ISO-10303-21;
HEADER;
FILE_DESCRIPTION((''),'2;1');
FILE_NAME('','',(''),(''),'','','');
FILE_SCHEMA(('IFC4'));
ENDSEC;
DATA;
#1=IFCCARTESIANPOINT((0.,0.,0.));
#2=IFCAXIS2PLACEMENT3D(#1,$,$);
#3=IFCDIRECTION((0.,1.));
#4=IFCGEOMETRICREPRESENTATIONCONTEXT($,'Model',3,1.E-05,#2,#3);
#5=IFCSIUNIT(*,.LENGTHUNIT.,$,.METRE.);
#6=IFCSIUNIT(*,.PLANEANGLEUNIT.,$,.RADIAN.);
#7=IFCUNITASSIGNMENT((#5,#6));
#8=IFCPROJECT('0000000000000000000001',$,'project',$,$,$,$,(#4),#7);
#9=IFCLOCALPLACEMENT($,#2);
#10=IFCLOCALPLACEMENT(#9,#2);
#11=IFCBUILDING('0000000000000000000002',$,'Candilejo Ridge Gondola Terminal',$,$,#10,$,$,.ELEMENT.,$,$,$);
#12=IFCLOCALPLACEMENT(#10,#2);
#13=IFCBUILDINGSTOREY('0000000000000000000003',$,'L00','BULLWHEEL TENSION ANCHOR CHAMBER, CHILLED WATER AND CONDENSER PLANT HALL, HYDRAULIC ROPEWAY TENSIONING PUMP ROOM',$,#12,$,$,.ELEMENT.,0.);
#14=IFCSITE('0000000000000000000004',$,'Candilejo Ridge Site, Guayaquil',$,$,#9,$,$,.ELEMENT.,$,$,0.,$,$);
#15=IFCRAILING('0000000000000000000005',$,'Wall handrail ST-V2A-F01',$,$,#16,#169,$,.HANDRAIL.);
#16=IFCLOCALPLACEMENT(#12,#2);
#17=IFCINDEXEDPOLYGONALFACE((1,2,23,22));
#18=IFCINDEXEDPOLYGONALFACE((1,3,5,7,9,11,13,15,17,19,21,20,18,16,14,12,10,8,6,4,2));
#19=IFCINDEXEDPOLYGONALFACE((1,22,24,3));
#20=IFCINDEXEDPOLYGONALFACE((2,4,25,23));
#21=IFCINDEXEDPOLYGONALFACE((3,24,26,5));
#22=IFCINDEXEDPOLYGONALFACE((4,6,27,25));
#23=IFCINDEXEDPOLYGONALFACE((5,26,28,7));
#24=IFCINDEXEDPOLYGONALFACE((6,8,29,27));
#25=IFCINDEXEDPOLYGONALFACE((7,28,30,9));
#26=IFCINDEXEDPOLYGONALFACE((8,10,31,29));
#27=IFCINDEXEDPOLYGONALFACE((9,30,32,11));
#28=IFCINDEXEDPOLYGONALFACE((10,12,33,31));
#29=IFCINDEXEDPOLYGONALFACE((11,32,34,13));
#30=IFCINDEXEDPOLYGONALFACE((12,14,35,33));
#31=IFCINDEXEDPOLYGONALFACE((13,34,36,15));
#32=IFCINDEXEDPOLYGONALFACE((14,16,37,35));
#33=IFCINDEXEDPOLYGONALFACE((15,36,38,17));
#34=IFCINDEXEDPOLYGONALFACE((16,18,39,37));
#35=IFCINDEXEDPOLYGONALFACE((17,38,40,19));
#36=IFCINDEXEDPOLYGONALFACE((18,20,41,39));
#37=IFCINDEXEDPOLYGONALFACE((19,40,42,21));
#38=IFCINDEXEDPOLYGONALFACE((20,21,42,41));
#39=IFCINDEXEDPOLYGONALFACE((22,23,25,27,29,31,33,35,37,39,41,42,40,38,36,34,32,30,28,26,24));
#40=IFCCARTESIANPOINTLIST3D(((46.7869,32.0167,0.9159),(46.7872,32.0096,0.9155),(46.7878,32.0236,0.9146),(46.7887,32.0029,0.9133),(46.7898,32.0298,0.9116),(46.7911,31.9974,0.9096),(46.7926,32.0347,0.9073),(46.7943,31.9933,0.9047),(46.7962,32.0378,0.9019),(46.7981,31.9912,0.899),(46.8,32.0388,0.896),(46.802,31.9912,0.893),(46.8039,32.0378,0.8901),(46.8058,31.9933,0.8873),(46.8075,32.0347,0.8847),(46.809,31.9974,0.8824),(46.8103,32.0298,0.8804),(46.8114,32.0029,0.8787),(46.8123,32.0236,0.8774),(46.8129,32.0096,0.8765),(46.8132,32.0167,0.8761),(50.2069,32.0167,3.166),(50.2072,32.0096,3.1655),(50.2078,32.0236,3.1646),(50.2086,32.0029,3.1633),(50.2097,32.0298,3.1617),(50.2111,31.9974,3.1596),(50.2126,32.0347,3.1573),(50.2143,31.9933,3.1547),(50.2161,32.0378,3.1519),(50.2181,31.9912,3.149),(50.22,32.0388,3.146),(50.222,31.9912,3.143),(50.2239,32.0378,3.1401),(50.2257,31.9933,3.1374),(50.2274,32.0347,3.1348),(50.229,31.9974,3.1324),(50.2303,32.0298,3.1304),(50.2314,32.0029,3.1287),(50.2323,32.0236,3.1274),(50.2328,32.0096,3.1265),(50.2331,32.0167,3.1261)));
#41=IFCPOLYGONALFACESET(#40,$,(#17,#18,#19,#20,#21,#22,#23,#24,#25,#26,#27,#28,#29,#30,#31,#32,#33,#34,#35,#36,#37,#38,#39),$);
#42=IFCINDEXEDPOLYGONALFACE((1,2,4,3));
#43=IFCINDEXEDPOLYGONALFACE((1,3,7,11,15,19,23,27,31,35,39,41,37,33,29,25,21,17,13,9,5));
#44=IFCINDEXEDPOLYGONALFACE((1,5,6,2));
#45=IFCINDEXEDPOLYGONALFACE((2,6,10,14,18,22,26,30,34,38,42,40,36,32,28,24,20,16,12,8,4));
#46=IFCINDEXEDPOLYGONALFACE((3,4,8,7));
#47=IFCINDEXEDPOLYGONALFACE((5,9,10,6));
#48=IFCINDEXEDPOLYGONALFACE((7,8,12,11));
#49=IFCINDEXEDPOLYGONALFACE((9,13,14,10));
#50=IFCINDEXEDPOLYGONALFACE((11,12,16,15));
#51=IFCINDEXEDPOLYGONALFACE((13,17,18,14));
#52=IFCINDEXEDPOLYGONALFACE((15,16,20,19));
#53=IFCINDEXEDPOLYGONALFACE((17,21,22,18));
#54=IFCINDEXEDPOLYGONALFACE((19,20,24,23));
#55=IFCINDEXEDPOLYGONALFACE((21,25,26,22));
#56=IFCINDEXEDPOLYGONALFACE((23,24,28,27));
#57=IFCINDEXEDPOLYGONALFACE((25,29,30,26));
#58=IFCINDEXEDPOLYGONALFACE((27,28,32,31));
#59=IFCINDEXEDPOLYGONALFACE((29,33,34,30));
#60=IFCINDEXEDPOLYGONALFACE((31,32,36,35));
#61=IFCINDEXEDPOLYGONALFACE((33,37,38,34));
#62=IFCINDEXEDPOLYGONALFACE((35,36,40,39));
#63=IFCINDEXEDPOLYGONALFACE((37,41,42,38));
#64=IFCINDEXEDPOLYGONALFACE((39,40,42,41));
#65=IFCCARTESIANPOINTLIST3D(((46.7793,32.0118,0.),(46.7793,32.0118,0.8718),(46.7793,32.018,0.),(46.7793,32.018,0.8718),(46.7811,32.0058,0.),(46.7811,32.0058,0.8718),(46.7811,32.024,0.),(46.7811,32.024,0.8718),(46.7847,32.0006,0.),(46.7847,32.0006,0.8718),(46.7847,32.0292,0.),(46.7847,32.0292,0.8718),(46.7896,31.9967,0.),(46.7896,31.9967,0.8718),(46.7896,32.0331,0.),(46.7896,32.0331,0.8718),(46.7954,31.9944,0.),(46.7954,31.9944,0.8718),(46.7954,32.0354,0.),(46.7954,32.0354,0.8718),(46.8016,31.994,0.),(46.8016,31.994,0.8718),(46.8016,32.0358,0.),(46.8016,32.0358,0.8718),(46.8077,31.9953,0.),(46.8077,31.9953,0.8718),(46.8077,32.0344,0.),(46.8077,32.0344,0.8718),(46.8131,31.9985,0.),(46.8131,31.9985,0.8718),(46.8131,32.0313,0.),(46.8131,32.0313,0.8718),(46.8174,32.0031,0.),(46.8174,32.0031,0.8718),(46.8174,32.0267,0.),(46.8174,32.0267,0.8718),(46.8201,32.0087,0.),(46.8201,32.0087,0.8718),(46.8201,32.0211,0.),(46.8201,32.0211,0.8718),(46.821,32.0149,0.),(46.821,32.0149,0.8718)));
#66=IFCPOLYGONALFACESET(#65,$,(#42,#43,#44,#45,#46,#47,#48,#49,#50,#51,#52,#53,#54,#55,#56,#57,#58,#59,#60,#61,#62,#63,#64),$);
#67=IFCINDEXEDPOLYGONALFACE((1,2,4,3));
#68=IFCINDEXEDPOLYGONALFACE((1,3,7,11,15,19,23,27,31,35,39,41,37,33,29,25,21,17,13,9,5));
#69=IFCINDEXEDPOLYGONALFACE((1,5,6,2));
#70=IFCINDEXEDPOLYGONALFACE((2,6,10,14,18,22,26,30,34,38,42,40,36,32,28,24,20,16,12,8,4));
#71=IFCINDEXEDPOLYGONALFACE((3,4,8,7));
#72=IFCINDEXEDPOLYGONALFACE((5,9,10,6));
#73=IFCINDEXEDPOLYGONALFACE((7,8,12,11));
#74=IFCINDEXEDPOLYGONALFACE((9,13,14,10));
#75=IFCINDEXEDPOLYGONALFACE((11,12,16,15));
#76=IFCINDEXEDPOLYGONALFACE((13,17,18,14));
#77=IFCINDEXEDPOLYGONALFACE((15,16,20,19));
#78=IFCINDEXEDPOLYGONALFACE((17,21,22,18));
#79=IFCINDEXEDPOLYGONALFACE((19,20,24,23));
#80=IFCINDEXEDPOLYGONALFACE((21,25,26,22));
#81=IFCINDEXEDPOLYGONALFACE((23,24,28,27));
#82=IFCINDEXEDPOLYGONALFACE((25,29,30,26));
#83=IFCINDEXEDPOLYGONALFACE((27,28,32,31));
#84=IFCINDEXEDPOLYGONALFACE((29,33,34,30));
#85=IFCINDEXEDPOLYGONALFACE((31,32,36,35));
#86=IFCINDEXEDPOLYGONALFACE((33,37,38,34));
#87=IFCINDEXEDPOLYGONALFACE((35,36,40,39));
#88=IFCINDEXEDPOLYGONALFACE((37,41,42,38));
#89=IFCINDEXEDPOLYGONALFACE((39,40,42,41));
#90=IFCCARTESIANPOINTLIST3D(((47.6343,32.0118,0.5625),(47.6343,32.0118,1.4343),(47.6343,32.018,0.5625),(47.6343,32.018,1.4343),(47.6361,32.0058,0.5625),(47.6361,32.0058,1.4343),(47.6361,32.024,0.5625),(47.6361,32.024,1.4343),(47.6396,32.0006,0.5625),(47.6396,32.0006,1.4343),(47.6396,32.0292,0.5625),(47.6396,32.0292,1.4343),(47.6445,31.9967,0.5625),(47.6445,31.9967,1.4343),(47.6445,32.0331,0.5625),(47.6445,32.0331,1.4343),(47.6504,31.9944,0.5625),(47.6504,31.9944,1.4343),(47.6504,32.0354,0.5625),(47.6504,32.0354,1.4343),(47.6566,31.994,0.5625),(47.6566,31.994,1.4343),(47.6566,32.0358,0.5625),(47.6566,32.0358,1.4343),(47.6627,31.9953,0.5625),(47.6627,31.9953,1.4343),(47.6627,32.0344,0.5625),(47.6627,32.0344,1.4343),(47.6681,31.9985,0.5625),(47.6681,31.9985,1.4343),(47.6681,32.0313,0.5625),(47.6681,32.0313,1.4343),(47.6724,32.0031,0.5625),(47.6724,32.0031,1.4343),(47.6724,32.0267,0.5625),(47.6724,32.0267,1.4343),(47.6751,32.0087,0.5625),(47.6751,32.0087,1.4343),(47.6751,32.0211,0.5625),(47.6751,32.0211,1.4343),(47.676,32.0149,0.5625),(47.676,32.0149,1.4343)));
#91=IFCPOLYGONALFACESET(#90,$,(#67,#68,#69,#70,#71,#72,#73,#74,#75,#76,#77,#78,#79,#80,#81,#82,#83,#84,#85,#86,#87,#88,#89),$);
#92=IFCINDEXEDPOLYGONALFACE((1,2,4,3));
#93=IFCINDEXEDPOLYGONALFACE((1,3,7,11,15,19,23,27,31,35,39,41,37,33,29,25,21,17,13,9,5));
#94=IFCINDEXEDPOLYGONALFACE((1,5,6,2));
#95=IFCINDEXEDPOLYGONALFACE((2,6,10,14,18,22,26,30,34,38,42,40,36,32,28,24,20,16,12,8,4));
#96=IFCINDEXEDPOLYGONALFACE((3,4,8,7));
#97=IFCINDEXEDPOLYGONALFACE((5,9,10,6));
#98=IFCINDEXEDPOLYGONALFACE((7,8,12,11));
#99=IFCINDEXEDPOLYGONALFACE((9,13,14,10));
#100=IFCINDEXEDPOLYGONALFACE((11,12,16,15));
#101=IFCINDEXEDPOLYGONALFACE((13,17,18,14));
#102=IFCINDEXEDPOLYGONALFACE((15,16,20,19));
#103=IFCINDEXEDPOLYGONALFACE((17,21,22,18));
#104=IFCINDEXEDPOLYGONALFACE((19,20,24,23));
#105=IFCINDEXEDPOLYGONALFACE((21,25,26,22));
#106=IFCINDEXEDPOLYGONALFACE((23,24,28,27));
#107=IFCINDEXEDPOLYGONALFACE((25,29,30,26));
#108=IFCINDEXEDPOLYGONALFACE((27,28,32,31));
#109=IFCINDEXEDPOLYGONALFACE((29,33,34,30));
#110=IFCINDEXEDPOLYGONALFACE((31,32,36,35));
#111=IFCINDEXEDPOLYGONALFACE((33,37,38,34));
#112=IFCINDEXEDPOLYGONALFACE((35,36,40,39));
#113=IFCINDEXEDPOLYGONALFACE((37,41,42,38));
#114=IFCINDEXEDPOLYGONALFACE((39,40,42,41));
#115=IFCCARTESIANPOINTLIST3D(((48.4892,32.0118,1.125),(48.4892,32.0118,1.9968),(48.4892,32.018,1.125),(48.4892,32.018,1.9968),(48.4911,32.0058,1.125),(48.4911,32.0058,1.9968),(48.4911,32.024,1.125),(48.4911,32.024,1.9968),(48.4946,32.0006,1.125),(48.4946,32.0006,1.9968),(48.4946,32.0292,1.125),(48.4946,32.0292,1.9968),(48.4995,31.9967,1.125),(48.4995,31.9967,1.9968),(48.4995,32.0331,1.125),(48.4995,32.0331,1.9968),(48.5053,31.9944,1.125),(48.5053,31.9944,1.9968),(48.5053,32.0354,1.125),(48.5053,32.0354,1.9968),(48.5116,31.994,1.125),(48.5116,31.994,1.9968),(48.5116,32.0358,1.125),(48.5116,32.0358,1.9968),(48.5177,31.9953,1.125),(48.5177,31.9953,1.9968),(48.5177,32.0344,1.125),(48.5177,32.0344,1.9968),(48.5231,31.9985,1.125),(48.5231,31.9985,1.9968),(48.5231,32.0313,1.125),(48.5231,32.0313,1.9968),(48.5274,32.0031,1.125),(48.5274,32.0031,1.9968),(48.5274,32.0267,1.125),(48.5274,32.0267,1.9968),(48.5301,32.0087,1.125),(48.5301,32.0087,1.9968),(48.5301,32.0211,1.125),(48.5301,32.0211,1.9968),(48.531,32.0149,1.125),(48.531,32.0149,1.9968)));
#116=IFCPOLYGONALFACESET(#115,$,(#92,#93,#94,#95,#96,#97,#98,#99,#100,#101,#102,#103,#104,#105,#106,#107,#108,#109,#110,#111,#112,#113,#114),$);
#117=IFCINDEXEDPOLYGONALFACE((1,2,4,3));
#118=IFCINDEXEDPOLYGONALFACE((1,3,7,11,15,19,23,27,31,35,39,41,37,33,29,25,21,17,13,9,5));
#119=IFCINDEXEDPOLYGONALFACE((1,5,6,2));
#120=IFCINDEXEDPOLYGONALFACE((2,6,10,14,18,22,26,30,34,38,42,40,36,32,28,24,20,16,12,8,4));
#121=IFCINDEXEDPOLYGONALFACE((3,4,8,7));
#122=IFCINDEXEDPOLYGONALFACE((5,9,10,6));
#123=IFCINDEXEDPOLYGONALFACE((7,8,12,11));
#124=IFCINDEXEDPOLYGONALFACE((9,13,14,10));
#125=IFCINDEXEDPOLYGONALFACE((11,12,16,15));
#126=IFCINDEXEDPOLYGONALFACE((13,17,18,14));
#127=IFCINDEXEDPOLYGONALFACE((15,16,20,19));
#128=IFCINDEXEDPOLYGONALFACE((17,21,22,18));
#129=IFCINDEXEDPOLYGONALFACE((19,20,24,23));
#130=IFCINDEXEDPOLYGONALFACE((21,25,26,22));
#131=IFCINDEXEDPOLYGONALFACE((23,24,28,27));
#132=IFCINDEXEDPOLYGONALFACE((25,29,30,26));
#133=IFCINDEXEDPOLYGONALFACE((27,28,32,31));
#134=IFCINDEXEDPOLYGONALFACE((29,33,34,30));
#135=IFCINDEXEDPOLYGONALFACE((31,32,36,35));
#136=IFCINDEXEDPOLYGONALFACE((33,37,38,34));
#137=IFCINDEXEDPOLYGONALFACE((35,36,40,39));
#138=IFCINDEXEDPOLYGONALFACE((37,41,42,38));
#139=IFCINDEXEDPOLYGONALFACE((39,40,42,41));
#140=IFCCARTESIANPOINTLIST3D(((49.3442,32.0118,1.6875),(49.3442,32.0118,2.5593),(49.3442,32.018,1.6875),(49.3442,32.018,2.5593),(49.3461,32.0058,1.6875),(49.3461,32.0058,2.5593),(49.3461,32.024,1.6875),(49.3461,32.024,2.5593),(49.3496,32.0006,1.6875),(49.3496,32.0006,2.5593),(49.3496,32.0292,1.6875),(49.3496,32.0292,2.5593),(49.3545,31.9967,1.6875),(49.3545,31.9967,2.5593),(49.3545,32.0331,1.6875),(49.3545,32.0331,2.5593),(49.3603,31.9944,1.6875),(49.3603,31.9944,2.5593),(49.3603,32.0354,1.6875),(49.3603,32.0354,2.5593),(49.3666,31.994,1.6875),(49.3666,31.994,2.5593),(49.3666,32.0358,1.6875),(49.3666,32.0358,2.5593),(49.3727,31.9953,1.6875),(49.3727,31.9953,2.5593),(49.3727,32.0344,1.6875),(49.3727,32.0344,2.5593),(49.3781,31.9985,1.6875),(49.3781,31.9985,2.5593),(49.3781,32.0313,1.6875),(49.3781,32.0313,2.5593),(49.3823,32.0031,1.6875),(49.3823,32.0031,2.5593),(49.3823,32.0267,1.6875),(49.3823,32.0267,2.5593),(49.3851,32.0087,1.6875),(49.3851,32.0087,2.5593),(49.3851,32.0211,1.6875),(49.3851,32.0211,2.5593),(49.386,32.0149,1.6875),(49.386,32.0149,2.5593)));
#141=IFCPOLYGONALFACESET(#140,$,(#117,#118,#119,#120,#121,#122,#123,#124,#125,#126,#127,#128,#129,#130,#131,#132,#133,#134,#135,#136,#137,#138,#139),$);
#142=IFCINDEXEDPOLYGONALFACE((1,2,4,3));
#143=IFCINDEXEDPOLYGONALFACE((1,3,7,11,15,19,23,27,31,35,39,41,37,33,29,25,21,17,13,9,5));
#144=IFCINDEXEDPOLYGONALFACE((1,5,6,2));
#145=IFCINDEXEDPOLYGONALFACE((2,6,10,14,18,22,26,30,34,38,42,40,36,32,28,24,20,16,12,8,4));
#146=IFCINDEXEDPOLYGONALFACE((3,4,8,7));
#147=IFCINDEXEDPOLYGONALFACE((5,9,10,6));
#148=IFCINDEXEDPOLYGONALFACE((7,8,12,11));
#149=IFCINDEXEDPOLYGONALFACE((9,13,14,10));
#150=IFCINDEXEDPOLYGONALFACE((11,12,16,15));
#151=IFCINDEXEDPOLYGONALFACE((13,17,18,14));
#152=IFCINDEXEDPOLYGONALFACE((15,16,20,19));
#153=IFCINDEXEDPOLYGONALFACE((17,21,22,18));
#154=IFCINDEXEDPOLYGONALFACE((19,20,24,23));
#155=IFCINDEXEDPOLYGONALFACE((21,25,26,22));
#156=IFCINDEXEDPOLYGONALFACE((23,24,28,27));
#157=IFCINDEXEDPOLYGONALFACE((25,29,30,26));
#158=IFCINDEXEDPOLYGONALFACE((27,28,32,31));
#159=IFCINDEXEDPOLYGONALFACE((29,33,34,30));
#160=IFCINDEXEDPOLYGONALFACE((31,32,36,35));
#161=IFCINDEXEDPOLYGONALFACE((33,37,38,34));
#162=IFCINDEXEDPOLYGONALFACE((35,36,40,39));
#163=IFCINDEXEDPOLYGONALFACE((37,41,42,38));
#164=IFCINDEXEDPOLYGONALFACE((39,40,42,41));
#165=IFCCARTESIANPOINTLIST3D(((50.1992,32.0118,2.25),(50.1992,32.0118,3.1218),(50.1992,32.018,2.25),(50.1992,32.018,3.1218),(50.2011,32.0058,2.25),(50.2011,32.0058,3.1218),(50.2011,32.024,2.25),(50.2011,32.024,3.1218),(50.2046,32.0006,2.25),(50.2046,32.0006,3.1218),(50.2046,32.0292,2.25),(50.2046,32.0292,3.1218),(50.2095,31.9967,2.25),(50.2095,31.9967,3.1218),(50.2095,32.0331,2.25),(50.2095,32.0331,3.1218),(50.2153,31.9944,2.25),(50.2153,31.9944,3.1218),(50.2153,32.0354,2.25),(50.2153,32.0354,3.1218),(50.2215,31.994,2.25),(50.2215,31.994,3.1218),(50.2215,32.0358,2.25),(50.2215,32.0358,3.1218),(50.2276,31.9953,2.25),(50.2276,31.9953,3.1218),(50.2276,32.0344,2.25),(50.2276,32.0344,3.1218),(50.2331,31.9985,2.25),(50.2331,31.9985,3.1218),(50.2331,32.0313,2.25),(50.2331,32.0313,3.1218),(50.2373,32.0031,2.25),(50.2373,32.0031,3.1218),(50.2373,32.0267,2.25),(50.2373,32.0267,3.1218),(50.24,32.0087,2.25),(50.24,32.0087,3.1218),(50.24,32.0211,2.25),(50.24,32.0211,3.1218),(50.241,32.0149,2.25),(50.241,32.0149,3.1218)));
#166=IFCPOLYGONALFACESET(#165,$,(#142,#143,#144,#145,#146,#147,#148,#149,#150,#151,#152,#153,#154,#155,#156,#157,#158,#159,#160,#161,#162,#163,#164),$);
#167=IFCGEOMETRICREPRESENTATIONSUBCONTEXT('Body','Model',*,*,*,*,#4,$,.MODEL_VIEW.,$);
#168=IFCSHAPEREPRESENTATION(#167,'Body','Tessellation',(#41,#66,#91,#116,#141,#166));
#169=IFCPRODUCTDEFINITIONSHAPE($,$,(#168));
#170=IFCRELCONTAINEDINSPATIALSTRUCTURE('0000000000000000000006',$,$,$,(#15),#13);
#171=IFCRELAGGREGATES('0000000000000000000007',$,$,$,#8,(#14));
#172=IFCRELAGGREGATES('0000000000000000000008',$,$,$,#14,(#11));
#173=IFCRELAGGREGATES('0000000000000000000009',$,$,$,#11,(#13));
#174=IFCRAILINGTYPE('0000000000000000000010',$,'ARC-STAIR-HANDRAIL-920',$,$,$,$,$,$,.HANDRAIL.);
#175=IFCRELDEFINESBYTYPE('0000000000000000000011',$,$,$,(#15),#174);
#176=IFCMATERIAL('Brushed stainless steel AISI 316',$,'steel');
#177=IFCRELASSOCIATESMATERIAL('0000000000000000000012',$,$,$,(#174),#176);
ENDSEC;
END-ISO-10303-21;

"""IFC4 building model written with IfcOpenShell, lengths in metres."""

from ifc_helpers import new_model, si_unit, direction, frame, origin, origin_2d, place, context, subcontext, project, spatial, circle, extrude, material, type_object, element, save


model = new_model("IFC4")

# Units and contexts
model_context = context("Model", 3, precision=1e-05, world=origin(), true_north=direction((0.0, 1.0)))
body_context = subcontext(model_context, "Body", "Model", "MODEL_VIEW")
ifc_project = project(units=[si_unit("LENGTHUNIT", "METRE"), si_unit("PLANEANGLEUNIT", "RADIAN")], contexts=[model_context])

# Site, building, storey
site_placement = place(None, origin())
site = spatial("IfcSite", under=ifc_project, at=site_placement, Name="Candilejo Ridge Site, Guayaquil", CompositionType="ELEMENT", RefElevation=0.0)
building_placement = place(site_placement, origin())
building = spatial("IfcBuilding", under=site, at=building_placement, Name="Candilejo Ridge Gondola Terminal", CompositionType="ELEMENT")
storey_placement = place(building_placement, origin())
storey = spatial("IfcBuildingStorey", under=building, at=storey_placement, Name="L00", Description="BULLWHEEL TENSION ANCHOR CHAMBER, CHILLED WATER AND CONDENSER PLANT HALL, HYDRAULIC ROPEWAY TENSIONING PUMP ROOM", CompositionType="ELEMENT", Elevation=0.0)

# Railing
ifc_material_1 = material(Name="Brushed stainless steel AISI 316", Category="steel")
railing_type = type_object("IfcRailingType", Name="ARC-STAIR-HANDRAIL-920", PredefinedType="HANDRAIL", material=ifc_material_1)
railing_placement = place(storey_placement, frame((46.8, 32.0149, 0.0)))
element("IfcRailing", 1, at=railing_placement, inside=storey, type_object=railing_type, Name="Wall handrail ST-V2A-F01", PredefinedType="HANDRAIL", context=body_context, shape_type="SweptSolid", body=[
    extrude(circle(Radius=0.0239, at=origin_2d()), frame((0.0, 0.0, 0.896), z_axis=(0.835411, 0.0, 0.549625), x_axis=(0.0, 1.0, 0.0)), (0.0, 0.0, 1.0), 4.0938),
    extrude(circle(Radius=0.021, at=origin_2d()), origin(), (0.0, 0.0, 1.0), 0.8718),
    extrude(circle(Radius=0.021, at=origin_2d()), frame((0.855, 0.0, 0.5625)), (0.0, 0.0, 1.0), 0.8718),
    extrude(circle(Radius=0.021, at=origin_2d()), frame((1.71, 0.0, 1.125)), (0.0, 0.0, 1.0), 0.8718),
    extrude(circle(Radius=0.021, at=origin_2d()), frame((2.5649, 0.0, 1.6875)), (0.0, 0.0, 1.0), 0.8718),
    extrude(circle(Radius=0.021, at=origin_2d()), frame((3.4199, 0.0, 2.25)), (0.0, 0.0, 1.0), 0.8718),
])

save(model, "model.ifc")
